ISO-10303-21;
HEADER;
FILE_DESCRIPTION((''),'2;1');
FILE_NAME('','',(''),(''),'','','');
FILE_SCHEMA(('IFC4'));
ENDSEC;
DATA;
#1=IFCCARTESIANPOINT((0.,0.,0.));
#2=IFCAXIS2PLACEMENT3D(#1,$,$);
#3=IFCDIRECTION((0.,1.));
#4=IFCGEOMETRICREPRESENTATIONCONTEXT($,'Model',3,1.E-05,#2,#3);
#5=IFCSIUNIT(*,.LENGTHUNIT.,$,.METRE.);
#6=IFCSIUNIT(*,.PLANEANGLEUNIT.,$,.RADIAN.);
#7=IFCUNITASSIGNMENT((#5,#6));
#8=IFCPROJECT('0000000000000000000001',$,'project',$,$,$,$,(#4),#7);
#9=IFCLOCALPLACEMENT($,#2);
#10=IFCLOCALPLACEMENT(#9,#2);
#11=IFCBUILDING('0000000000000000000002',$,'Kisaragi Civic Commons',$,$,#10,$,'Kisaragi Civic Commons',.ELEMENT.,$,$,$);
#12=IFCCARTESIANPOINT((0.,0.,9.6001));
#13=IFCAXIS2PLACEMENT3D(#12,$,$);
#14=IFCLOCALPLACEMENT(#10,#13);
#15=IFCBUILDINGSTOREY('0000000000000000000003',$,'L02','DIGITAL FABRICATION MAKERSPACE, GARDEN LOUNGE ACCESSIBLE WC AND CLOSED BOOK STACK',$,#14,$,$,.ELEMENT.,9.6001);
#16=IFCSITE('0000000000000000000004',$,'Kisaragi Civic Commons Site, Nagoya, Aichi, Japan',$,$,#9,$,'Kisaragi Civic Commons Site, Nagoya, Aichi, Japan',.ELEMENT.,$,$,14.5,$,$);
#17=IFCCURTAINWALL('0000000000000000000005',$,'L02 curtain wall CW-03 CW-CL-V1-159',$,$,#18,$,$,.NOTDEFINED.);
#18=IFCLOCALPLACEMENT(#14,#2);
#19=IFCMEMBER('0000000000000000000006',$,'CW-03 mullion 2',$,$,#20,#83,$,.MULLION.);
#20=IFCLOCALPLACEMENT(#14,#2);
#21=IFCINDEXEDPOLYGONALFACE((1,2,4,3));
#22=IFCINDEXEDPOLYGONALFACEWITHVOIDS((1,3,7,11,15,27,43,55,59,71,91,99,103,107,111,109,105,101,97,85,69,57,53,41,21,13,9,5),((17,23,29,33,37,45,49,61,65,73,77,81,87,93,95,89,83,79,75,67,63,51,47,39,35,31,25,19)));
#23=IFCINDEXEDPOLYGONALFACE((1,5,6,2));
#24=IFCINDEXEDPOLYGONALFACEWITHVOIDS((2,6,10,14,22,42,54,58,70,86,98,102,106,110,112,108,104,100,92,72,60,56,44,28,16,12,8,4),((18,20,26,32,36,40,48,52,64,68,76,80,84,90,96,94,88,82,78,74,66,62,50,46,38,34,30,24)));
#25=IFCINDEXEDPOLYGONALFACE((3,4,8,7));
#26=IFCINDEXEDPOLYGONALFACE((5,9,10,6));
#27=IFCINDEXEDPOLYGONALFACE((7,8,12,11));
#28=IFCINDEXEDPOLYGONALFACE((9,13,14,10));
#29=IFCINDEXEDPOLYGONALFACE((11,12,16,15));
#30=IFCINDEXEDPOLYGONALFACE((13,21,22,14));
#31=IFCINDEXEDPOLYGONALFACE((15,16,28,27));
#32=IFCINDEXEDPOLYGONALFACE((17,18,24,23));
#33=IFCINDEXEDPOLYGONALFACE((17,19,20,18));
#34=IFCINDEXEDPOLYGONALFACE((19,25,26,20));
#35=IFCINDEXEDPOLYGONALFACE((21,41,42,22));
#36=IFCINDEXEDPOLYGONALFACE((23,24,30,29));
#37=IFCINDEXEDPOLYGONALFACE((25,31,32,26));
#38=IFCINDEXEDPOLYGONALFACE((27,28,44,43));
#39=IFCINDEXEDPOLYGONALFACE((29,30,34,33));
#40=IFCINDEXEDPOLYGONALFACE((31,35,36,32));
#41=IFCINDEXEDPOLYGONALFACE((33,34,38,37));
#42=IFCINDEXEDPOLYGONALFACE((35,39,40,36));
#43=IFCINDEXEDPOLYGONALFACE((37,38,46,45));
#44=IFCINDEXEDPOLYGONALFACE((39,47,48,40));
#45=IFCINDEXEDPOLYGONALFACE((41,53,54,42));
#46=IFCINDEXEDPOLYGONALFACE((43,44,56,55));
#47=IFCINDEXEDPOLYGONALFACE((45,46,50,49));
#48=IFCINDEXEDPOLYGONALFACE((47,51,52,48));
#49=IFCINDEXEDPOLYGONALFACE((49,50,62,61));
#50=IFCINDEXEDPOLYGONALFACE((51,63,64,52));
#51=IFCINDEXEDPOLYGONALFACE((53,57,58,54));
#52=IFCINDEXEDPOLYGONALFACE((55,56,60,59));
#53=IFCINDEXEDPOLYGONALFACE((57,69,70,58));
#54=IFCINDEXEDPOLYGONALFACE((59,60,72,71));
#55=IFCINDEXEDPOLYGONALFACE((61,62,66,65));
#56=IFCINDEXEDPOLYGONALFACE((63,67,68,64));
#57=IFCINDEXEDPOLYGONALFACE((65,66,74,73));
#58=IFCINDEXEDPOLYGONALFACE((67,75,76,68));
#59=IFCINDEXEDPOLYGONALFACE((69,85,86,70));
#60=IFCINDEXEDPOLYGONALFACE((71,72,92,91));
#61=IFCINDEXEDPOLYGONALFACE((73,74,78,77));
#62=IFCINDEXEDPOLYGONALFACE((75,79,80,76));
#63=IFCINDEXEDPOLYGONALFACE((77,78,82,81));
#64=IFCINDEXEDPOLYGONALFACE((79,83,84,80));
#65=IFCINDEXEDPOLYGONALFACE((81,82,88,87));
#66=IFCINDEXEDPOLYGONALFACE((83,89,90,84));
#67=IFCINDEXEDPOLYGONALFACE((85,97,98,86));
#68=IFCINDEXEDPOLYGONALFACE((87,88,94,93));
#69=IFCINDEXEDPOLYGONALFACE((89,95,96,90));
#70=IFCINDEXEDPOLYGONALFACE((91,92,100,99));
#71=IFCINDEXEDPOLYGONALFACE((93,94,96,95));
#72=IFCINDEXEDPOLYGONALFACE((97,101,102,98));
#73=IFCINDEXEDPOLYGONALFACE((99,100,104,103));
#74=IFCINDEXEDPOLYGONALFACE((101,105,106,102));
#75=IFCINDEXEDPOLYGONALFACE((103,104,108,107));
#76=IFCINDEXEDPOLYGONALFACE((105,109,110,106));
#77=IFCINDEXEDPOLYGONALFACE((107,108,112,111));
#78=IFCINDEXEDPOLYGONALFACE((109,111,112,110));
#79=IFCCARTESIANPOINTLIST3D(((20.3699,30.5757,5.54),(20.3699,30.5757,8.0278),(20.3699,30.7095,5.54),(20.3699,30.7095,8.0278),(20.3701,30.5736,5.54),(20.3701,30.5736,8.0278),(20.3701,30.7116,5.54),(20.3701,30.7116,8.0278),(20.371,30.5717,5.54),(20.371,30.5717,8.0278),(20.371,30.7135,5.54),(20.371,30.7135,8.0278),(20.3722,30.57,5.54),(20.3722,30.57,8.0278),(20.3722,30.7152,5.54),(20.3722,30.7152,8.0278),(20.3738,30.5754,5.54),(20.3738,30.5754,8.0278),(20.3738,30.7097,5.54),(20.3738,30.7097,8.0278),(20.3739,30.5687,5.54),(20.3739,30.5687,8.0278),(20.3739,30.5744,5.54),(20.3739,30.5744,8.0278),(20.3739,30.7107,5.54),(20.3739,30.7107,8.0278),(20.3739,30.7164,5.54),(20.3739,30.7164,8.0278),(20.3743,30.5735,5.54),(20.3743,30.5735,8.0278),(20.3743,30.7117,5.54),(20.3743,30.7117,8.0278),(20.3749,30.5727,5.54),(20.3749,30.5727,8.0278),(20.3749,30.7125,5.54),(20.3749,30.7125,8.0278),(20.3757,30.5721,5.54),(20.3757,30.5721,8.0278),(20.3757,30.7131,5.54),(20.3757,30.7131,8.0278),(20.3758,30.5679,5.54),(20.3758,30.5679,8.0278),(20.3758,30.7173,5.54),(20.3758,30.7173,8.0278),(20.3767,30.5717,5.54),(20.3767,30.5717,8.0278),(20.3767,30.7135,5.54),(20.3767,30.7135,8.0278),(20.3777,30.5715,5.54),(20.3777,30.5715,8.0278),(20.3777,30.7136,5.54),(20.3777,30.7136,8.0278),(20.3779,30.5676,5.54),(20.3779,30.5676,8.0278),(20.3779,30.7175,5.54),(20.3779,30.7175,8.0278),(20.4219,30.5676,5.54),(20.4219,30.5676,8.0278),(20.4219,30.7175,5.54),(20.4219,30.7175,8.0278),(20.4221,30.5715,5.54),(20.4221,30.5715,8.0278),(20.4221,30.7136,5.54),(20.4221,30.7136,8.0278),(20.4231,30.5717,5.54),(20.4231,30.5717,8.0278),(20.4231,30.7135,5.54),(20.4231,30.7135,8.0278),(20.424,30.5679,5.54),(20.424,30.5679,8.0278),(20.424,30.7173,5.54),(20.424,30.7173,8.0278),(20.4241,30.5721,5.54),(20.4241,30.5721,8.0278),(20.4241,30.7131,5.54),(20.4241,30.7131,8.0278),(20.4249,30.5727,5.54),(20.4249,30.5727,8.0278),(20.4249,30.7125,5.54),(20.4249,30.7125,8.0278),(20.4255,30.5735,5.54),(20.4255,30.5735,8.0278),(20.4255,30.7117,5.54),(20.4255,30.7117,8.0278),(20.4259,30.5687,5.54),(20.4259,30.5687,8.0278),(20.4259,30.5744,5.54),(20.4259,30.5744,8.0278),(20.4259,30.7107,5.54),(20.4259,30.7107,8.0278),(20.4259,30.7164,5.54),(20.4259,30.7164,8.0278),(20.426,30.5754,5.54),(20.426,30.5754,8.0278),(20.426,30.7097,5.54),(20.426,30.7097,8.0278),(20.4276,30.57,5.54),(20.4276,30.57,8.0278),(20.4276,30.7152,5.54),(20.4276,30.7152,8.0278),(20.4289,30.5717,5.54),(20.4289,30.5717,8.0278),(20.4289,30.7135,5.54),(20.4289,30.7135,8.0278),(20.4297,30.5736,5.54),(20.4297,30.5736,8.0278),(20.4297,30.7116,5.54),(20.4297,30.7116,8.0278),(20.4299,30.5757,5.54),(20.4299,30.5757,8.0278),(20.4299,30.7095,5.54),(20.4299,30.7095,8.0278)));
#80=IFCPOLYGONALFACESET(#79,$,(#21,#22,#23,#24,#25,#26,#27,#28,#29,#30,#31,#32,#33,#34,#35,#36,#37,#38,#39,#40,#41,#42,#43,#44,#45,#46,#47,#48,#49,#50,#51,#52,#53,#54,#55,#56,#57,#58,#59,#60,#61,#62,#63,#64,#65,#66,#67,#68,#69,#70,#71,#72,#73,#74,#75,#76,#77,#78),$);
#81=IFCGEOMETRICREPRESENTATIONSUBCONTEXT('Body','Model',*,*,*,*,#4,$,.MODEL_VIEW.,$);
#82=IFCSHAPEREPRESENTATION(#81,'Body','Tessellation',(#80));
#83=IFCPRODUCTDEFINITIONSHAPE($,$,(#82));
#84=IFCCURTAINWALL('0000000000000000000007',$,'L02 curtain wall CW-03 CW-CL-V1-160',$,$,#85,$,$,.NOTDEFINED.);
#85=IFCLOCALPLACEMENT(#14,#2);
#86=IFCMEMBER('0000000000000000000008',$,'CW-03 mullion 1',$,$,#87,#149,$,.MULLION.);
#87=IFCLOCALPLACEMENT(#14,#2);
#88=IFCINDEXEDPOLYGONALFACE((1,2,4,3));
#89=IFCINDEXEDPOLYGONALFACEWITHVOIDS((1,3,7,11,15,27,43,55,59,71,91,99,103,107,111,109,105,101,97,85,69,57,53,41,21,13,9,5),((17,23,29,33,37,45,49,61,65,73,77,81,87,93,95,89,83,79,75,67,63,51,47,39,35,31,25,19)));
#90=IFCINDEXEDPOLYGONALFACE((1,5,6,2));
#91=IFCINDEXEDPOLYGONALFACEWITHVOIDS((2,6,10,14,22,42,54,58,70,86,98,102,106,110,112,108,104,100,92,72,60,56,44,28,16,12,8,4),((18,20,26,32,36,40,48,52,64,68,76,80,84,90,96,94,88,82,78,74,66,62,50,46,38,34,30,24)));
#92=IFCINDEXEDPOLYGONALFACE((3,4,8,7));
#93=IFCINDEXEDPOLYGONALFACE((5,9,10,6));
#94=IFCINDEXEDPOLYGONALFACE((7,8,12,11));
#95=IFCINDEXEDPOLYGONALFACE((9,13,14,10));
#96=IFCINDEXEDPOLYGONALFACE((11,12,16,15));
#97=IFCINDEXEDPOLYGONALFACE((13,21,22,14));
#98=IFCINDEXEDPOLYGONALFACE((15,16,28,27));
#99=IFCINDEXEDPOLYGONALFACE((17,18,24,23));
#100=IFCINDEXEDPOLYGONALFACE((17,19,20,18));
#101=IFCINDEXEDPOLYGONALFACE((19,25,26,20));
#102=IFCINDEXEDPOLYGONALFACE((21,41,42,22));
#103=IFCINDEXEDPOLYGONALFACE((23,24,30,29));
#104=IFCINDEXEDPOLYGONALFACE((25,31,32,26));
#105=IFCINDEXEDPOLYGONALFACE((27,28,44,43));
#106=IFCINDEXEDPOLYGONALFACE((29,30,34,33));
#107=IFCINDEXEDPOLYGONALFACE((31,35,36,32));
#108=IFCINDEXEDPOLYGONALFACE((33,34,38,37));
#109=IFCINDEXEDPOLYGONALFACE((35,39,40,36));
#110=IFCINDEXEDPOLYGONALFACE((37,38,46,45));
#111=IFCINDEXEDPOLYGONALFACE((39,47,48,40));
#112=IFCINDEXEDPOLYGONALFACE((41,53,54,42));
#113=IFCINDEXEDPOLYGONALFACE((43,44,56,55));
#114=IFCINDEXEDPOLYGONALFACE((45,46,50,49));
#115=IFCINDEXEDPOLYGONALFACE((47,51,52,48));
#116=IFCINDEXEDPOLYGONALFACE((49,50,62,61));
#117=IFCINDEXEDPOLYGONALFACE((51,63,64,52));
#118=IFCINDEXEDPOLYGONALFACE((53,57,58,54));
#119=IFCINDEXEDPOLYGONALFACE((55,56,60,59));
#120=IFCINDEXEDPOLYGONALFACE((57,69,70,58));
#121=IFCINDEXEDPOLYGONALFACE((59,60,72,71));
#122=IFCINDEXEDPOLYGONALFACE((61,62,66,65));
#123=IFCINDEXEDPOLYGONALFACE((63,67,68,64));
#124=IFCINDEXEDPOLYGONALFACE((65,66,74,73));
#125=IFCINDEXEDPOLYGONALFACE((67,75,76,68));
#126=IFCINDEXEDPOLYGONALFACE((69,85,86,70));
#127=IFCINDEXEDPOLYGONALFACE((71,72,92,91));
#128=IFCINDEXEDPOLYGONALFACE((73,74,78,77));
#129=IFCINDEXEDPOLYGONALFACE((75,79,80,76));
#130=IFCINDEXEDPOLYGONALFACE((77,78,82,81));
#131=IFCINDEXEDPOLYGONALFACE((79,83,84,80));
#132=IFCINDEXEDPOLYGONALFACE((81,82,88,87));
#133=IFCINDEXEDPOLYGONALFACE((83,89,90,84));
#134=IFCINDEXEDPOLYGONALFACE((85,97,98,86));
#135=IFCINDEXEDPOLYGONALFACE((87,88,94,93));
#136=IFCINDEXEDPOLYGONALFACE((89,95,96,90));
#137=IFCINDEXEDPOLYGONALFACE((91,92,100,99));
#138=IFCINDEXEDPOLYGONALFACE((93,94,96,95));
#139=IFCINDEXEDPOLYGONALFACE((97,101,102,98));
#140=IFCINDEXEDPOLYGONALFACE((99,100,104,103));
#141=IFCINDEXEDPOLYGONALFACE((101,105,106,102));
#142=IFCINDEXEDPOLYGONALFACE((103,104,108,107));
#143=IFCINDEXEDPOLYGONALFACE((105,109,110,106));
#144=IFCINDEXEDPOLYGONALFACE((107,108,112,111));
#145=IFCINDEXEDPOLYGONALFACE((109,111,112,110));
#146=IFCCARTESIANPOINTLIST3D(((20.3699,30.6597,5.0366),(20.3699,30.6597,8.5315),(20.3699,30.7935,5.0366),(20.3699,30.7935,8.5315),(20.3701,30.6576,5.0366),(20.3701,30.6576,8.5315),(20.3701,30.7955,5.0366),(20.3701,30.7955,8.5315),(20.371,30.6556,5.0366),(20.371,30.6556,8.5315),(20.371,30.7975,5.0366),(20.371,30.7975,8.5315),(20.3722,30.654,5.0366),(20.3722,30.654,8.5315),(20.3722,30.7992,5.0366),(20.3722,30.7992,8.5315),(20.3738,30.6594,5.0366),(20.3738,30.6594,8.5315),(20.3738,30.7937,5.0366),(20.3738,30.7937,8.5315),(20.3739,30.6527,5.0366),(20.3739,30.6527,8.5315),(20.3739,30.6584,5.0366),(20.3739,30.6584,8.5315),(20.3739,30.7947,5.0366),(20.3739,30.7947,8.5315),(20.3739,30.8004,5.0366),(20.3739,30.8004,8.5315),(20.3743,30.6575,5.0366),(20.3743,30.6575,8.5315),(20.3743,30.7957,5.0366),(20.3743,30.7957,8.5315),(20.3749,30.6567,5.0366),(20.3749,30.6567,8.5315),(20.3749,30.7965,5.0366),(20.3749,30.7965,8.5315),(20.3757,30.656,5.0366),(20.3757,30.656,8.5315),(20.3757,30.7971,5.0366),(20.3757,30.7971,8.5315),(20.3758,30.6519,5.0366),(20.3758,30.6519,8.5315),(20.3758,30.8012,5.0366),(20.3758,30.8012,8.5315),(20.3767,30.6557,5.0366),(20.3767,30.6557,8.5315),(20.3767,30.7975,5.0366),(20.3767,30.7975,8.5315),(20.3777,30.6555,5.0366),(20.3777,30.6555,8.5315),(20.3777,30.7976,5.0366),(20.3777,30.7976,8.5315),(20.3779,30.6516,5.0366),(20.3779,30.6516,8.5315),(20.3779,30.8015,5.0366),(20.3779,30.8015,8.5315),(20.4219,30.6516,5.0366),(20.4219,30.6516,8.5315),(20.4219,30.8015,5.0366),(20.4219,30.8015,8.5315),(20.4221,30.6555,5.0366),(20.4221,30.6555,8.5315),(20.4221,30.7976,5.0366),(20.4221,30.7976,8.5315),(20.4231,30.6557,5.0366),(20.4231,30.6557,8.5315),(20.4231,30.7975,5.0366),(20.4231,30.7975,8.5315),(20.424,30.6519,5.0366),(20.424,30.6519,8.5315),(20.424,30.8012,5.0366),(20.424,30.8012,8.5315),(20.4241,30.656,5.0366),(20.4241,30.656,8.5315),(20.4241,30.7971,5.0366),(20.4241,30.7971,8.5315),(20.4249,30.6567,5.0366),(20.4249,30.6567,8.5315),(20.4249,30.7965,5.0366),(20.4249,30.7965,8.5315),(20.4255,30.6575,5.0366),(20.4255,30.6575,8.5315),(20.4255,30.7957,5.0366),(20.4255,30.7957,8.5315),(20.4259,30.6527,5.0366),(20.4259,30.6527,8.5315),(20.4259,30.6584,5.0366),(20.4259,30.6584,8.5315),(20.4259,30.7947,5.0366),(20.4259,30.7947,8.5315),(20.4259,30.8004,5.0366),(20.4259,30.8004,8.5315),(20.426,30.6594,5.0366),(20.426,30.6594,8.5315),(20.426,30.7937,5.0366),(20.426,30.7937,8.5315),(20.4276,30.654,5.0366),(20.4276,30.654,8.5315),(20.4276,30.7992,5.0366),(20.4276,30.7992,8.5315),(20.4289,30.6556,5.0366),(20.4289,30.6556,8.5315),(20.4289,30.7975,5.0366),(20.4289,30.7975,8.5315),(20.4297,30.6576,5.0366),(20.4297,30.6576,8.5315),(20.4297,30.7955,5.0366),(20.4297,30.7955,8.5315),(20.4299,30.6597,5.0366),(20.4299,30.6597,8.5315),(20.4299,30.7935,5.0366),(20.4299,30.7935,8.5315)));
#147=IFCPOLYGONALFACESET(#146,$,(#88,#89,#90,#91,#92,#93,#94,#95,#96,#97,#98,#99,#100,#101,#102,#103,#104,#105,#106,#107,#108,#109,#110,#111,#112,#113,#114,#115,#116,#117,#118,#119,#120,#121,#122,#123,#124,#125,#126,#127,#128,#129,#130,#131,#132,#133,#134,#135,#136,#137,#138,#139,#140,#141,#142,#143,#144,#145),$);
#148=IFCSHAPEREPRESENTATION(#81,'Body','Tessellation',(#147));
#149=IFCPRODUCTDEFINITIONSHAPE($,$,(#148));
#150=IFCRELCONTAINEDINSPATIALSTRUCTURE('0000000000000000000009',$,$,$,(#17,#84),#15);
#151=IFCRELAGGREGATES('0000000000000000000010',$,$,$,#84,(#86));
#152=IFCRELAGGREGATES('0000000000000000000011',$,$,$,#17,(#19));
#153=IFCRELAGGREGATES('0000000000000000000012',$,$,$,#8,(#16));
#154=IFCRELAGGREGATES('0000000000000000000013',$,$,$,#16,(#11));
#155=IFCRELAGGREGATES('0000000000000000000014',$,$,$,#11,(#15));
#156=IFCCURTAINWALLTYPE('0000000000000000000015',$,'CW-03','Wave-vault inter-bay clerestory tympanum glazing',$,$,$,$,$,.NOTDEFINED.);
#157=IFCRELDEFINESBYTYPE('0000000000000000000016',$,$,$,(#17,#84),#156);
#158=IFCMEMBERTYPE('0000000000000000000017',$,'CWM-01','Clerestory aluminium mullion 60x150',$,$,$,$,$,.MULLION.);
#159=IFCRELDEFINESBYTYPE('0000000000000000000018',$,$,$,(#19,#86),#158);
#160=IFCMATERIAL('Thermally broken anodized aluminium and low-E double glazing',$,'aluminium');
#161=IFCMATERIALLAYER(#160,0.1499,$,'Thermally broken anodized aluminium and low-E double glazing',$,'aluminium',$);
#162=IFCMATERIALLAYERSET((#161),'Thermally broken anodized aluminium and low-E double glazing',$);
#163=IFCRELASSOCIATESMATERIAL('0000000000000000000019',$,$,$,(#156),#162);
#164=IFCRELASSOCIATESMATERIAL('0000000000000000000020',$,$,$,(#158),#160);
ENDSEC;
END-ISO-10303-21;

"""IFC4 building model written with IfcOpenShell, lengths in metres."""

from ifc_helpers import new_model, si_unit, direction, frame, origin, origin_2d, place, context, subcontext, project, spatial, hollow_rectangle, extrude, material, layer, layer_set, material_profile, profile_set, type_object, element, aggregate, save


model = new_model("IFC4")

# Units and contexts
model_context = context("Model", 3, precision=1e-05, world=origin(), true_north=direction((0.0, 1.0)))
body_context = subcontext(model_context, "Body", "Model", "MODEL_VIEW")
ifc_project = project(units=[si_unit("LENGTHUNIT", "METRE"), si_unit("PLANEANGLEUNIT", "RADIAN")], contexts=[model_context])

# Site, building, storey
site_placement = place(None, origin())
site = spatial("IfcSite", under=ifc_project, at=site_placement, Name="Kisaragi Civic Commons Site, Nagoya, Aichi, Japan", LongName="Kisaragi Civic Commons Site, Nagoya, Aichi, Japan", CompositionType="ELEMENT", RefElevation=14.5)
building_placement = place(site_placement, origin())
building = spatial("IfcBuilding", under=site, at=building_placement, Name="Kisaragi Civic Commons", LongName="Kisaragi Civic Commons", CompositionType="ELEMENT")
storey_placement = place(building_placement, frame((0.0, 0.0, 9.6001)))
storey = spatial("IfcBuildingStorey", under=building, at=storey_placement, Name="L02", Description="DIGITAL FABRICATION MAKERSPACE, GARDEN LOUNGE ACCESSIBLE WC AND CLOSED BOOK STACK", CompositionType="ELEMENT", Elevation=9.6001)

# Shared definitions
ifc_material_1 = material(Name="Thermally broken anodized aluminium and low-E double glazing", Category="aluminium")
ifc_layer_1 = layer(ifc_material_1, 0.1499, Name="Thermally broken anodized aluminium and low-E double glazing", Category="aluminium")
ifc_layer_set_1 = layer_set([ifc_layer_1], Name="Thermally broken anodized aluminium and low-E double glazing")
curtain_wall_type = type_object("IfcCurtainWallType", Name="CW-03", Description="Wave-vault inter-bay clerestory tympanum glazing", PredefinedType="NOTDEFINED", material=ifc_layer_set_1)
ifc_material_profile_1 = material_profile(ifc_material_1, hollow_rectangle(XDim=0.0601, YDim=0.1499, WallThickness=0.0039, InnerFilletRadius=0.0039, OuterFilletRadius=0.0081, at=origin_2d()), Name="CWM-60x150x4", Category="aluminium")
ifc_profile_set_1 = profile_set([ifc_material_profile_1], Name="Thermally broken anodized aluminium and low-E double glazing")
member_type_1 = type_object("IfcMemberType", Name="CWM-01", Description="Clerestory aluminium mullion 60x150", PredefinedType="MULLION", material=ifc_profile_set_1)

# Curtain wall, member
curtain_wall_1_placement = place(storey_placement, origin())
curtain_wall_1 = element("IfcCurtainWall", 1, at=curtain_wall_1_placement, inside=storey, type_object=curtain_wall_type, Name="L02 curtain wall CW-03 CW-CL-V1-159", PredefinedType="NOTDEFINED")
member_1_placement = place(storey_placement, frame((20.3999, 30.6426, 5.54), z_axis=(0.0, 0.0, 1.0), x_axis=(-1.0, 0.0, 0.0)))
member_1 = element("IfcMember", 2, at=member_1_placement, type_object=member_type_1, Name="CW-03 mullion 2", PredefinedType="MULLION", context=body_context, shape_type="SweptSolid", body=[
    extrude(hollow_rectangle(XDim=0.0601, YDim=0.1499, WallThickness=0.0039, InnerFilletRadius=0.0039, OuterFilletRadius=0.0081, at=origin_2d()), origin(), (0.0, 0.0, 1.0), 2.4878),
])

# Curtain wall, member
curtain_wall_2_placement = place(storey_placement, origin())
curtain_wall_2 = element("IfcCurtainWall", 3, at=curtain_wall_2_placement, inside=storey, type_object=curtain_wall_type, Name="L02 curtain wall CW-03 CW-CL-V1-160", PredefinedType="NOTDEFINED")
member_2_placement = place(storey_placement, frame((20.3999, 30.7266, 5.0366), z_axis=(0.0, 0.0, 1.0), x_axis=(-1.0, 0.0, 0.0)))
member_2 = element("IfcMember", 4, at=member_2_placement, type_object=member_type_1, Name="CW-03 mullion 1", PredefinedType="MULLION", context=body_context, shape_type="SweptSolid", body=[
    extrude(hollow_rectangle(XDim=0.0601, YDim=0.1499, WallThickness=0.0039, InnerFilletRadius=0.0039, OuterFilletRadius=0.0081, at=origin_2d()), origin(), (0.0, 0.0, 1.0), 3.4949),
])

aggregate(curtain_wall_2, [member_2])
aggregate(curtain_wall_1, [member_1])

save(model, "model.ifc")
